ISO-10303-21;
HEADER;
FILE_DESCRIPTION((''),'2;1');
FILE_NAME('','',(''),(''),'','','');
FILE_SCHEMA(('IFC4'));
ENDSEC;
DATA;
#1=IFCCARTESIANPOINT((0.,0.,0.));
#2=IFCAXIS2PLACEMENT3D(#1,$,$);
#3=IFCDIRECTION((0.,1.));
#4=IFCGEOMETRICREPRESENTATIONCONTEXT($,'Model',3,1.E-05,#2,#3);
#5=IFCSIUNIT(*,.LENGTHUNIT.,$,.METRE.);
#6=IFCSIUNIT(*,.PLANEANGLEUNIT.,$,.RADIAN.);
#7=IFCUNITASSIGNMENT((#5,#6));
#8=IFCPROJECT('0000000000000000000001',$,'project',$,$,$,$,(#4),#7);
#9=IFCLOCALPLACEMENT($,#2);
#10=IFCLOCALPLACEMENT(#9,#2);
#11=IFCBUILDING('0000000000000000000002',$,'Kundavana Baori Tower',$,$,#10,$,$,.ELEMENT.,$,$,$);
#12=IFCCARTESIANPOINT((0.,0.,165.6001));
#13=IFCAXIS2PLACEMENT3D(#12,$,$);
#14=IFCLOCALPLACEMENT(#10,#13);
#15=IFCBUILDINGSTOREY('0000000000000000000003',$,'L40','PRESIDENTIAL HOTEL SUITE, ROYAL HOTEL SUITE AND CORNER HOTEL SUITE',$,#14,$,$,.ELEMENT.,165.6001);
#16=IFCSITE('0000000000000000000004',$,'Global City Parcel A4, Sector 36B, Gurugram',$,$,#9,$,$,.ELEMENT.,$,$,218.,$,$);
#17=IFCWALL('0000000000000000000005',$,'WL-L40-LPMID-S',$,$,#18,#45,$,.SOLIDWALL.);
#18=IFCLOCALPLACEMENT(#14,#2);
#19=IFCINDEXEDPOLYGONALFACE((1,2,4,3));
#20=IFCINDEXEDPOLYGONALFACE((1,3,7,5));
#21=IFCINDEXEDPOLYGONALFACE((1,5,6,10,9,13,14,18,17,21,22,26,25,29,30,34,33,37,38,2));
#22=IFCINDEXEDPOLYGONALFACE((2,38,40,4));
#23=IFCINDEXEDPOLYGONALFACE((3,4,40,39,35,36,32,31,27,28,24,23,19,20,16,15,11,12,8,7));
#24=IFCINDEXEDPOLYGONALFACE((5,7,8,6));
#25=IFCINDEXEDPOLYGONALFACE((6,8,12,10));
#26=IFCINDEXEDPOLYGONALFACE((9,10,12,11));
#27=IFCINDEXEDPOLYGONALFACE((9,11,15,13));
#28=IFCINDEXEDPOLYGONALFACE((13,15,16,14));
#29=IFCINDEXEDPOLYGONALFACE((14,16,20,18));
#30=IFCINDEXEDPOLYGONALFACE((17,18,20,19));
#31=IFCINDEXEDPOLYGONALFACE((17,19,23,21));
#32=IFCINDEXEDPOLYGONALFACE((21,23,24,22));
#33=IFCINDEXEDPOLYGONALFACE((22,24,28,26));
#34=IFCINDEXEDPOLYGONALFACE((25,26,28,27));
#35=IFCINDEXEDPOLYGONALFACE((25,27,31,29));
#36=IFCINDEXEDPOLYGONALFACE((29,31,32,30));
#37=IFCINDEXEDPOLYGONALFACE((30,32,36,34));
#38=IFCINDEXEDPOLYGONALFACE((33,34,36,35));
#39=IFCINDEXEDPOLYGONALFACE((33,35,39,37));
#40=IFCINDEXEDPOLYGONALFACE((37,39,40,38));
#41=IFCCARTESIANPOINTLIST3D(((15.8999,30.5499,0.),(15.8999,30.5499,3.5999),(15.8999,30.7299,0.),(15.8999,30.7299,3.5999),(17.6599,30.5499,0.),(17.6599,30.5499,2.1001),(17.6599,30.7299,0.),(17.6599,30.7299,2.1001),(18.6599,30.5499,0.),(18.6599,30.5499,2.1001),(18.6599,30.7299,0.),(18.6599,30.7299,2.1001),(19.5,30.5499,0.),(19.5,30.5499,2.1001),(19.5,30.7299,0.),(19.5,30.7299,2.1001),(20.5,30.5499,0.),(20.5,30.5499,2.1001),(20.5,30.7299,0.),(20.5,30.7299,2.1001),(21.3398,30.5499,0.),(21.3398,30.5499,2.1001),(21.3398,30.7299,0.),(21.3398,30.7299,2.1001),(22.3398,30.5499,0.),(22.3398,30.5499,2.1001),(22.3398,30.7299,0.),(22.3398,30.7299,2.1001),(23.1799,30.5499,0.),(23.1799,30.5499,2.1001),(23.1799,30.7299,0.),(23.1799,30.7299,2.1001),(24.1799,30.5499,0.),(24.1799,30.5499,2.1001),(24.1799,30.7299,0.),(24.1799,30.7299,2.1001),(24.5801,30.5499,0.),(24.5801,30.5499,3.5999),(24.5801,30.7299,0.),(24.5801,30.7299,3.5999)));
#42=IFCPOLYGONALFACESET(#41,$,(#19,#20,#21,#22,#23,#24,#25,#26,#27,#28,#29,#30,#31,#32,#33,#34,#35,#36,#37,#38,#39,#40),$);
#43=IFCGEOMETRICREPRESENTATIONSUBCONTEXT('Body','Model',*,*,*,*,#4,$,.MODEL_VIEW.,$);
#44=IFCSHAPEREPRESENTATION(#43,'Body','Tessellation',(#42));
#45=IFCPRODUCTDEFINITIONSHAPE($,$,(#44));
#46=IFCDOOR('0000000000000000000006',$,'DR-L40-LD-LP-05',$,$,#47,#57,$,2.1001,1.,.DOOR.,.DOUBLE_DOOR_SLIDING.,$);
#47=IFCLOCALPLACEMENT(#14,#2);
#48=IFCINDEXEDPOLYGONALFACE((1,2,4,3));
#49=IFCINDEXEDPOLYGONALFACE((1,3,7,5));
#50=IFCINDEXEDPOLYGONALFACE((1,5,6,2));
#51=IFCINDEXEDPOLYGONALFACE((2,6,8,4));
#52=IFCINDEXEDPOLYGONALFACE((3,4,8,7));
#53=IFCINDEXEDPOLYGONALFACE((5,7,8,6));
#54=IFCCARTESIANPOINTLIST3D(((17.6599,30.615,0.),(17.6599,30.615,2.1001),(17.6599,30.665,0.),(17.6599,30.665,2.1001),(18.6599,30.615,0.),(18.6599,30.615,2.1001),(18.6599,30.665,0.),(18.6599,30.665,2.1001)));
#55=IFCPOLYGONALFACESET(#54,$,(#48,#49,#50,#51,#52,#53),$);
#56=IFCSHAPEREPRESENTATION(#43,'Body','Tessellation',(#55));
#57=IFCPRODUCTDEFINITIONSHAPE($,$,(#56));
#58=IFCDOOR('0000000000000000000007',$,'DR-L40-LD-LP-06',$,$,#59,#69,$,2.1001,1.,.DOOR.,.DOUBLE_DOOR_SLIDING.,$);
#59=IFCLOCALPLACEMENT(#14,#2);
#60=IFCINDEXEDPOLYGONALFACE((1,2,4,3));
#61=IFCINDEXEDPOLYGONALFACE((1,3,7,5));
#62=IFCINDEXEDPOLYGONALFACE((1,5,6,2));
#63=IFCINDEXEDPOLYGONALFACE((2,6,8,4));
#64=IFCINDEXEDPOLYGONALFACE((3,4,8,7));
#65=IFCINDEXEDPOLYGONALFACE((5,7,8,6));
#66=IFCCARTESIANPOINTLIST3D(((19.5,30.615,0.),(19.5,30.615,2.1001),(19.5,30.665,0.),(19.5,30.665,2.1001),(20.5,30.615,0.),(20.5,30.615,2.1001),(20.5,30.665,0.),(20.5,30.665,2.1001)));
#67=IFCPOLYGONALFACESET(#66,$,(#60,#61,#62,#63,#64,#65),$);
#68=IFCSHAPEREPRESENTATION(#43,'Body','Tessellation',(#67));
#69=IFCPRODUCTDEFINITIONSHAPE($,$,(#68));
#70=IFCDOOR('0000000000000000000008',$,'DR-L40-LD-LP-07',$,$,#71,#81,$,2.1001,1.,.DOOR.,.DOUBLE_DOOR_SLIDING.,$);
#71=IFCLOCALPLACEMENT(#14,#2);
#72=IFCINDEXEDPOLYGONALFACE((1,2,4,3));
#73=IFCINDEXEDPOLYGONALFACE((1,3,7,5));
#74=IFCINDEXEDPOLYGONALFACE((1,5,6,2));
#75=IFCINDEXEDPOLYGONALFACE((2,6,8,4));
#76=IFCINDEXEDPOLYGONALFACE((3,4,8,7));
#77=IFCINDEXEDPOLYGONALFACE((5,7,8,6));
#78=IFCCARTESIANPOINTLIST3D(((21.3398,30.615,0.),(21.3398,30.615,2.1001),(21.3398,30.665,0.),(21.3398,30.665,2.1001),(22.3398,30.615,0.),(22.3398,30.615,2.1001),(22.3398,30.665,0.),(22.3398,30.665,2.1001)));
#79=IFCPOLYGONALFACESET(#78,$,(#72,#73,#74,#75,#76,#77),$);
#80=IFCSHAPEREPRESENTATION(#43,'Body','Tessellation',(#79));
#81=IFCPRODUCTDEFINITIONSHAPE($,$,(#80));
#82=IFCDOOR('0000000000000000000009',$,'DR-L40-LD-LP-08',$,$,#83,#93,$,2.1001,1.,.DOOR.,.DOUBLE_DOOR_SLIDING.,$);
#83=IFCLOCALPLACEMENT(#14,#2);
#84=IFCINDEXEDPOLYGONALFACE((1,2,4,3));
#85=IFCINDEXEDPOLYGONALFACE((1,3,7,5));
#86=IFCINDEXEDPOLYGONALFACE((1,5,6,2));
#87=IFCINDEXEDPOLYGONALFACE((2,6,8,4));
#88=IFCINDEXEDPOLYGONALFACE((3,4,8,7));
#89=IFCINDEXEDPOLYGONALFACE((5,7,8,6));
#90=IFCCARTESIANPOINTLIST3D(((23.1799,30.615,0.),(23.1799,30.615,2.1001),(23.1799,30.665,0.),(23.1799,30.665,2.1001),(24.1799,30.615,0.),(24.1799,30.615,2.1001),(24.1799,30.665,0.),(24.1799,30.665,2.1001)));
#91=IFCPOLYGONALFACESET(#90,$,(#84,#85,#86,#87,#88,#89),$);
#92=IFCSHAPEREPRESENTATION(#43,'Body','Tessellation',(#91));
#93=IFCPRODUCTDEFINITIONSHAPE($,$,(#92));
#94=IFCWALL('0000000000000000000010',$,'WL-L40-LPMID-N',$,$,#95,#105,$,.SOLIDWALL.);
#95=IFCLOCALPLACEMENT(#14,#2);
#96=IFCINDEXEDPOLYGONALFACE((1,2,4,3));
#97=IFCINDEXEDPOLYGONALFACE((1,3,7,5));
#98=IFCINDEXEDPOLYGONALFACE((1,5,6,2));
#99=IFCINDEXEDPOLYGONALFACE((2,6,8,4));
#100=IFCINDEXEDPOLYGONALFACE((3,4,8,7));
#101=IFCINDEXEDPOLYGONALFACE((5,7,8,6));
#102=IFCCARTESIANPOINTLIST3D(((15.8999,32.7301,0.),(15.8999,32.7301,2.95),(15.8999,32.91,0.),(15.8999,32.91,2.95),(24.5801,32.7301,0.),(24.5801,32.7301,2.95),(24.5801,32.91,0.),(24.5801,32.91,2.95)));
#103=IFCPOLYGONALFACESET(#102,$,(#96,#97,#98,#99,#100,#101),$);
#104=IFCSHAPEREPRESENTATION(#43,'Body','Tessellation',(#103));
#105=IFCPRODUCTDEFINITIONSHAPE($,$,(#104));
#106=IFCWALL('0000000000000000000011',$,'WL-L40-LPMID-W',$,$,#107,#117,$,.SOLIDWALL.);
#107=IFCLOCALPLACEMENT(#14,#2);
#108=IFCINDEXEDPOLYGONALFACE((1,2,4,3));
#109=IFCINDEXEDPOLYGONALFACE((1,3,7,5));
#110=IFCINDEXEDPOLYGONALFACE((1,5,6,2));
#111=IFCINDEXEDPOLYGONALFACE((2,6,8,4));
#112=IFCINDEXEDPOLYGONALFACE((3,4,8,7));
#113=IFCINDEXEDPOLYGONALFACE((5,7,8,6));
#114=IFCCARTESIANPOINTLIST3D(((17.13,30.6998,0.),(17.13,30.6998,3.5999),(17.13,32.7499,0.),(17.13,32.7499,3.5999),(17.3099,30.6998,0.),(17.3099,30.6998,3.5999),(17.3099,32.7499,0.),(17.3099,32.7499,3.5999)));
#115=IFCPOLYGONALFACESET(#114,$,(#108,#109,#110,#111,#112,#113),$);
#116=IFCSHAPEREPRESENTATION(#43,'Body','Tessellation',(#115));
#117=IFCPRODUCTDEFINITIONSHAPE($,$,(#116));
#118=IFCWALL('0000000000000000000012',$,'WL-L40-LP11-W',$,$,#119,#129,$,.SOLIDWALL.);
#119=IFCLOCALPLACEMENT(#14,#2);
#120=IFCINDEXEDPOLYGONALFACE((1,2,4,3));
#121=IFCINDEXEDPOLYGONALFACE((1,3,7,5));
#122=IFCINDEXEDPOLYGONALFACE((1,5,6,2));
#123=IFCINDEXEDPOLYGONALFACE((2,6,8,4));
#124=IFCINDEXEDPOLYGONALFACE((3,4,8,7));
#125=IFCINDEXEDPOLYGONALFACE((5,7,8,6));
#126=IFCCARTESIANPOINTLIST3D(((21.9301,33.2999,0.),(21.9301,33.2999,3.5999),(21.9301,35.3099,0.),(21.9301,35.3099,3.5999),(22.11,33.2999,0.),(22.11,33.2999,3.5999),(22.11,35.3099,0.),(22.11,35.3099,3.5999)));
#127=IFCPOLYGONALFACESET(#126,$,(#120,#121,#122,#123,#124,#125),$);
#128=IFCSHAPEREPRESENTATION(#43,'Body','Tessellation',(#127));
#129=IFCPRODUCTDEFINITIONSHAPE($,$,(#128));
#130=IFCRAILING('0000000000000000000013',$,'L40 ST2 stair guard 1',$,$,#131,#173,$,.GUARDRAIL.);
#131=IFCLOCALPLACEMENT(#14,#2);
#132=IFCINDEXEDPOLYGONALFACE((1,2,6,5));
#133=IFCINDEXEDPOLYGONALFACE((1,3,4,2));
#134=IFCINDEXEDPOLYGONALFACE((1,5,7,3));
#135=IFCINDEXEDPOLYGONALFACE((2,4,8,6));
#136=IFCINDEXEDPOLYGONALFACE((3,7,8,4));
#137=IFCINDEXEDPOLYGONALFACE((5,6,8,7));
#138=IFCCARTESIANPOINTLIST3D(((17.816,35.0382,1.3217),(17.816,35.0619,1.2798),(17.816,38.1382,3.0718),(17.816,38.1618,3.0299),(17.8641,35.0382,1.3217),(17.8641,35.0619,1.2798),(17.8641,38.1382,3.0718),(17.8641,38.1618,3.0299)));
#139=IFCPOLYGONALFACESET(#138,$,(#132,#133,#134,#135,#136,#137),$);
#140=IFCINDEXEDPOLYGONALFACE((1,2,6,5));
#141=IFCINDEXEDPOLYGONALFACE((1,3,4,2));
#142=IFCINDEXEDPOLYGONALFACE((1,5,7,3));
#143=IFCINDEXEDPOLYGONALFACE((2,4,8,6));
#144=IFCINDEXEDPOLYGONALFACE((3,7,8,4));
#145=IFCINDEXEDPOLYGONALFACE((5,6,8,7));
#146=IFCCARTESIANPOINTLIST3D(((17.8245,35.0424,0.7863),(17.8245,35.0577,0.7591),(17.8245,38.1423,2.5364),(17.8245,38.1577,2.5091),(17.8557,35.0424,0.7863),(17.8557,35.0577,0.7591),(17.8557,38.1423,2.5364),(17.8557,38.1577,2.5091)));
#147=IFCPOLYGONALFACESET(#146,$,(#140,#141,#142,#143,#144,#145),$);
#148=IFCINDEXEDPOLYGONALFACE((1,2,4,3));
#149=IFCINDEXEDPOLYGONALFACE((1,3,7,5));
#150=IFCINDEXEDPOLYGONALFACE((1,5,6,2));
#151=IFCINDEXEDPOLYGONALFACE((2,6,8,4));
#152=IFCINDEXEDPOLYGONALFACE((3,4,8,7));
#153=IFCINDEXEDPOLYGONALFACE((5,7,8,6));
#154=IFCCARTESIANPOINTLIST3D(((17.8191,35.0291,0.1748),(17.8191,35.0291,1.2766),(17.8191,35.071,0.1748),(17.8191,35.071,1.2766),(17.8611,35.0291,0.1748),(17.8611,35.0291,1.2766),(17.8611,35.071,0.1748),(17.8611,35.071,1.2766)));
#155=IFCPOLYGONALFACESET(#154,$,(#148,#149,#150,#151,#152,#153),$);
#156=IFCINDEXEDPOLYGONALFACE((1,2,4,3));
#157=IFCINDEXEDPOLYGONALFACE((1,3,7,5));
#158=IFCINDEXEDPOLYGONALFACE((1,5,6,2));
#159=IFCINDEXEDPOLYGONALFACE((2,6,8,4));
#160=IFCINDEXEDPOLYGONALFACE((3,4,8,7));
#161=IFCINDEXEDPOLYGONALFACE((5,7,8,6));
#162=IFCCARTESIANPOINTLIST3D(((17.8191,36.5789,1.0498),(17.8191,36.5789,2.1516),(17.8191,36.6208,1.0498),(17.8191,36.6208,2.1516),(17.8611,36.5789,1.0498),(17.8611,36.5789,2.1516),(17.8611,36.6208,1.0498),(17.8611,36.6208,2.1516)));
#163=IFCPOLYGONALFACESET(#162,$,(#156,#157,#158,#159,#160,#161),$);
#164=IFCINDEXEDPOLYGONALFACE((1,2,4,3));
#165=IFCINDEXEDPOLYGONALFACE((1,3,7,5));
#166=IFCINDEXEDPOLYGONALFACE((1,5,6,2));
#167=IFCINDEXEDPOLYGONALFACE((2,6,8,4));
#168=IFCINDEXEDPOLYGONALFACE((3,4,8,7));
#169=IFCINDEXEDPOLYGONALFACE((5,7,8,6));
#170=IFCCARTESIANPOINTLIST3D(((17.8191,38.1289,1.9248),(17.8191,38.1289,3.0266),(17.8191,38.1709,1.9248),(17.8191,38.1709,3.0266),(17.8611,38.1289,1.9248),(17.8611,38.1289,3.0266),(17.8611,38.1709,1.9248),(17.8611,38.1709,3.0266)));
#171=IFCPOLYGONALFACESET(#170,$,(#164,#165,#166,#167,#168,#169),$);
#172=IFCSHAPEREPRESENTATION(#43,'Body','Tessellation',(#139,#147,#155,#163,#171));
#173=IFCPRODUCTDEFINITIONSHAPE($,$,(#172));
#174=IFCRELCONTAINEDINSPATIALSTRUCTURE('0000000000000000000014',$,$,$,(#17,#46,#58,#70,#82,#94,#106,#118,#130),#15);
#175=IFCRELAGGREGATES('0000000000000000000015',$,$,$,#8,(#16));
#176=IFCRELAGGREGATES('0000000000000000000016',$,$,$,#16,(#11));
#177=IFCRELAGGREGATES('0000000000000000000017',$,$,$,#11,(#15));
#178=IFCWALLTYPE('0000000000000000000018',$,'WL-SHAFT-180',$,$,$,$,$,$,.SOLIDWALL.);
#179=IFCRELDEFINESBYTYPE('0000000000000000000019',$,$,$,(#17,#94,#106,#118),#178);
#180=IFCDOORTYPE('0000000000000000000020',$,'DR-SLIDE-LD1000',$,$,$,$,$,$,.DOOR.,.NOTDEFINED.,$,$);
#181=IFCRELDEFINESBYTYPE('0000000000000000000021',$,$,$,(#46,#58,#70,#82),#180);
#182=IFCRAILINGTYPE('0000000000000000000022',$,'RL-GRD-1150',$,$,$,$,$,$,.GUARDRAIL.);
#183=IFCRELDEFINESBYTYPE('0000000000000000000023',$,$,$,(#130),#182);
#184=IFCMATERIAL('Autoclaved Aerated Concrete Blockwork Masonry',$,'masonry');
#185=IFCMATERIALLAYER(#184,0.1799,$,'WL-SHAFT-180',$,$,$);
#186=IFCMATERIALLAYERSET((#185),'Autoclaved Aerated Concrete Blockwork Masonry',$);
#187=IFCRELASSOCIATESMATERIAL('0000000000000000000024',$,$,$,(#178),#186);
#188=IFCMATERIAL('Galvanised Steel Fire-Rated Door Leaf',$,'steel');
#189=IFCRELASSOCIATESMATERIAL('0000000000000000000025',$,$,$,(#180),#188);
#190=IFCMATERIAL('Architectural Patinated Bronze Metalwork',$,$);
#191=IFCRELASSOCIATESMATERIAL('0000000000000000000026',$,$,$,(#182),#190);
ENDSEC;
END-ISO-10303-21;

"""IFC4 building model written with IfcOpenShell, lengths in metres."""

from ifc_helpers import new_model, si_unit, direction, frame, frame_2d, origin, origin_2d, place, context, subcontext, project, spatial, rectangle, extrude, material, layer, layer_set, type_object, element, fill, save


model = new_model("IFC4")

# Units and contexts
model_context = context("Model", 3, precision=1e-05, world=origin(), true_north=direction((0.0, 1.0)))
body_context = subcontext(model_context, "Body", "Model", "MODEL_VIEW")
ifc_project = project(units=[si_unit("LENGTHUNIT", "METRE"), si_unit("PLANEANGLEUNIT", "RADIAN")], contexts=[model_context])

# Site, building, storey
site_placement = place(None, origin())
site = spatial("IfcSite", under=ifc_project, at=site_placement, Name="Global City Parcel A4, Sector 36B, Gurugram", CompositionType="ELEMENT", RefElevation=218.0)
building_placement = place(site_placement, origin())
building = spatial("IfcBuilding", under=site, at=building_placement, Name="Kundavana Baori Tower", CompositionType="ELEMENT")
storey_placement = place(building_placement, frame((0.0, 0.0, 165.6001)))
storey = spatial("IfcBuildingStorey", under=building, at=storey_placement, Name="L40", Description="PRESIDENTIAL HOTEL SUITE, ROYAL HOTEL SUITE AND CORNER HOTEL SUITE", CompositionType="ELEMENT", Elevation=165.6001)

# Shared definitions
ifc_material_1 = material(Name="Autoclaved Aerated Concrete Blockwork Masonry", Category="masonry")
ifc_layer_1 = layer(ifc_material_1, 0.1799, Name="WL-SHAFT-180")
ifc_layer_set_1 = layer_set([ifc_layer_1], Name="Autoclaved Aerated Concrete Blockwork Masonry")
wall_type_1 = type_object("IfcWallType", Name="WL-SHAFT-180", PredefinedType="SOLIDWALL", material=ifc_layer_set_1)

# Wall, openings, doors
wall_1_placement = place(storey_placement, frame((15.8999, 30.6399, 0.0), z_axis=(0.0, 0.0, 1.0), x_axis=(1.0, 0.0, 0.0)))
wall_1 = element("IfcWall", 1, at=wall_1_placement, inside=storey, type_object=wall_type_1, Name="WL-L40-LPMID-S", PredefinedType="SOLIDWALL", context=body_context, shape_type="SweptSolid", body=[
    extrude(rectangle(XDim=8.6802, YDim=0.1799, at=frame_2d((4.3401, 0.0))), origin(), (0.0, 0.0, 1.0), 3.5999),
])
opening_1_placement = place(wall_1_placement, frame((1.76, 0.0, 0.0)))
opening_1 = element("IfcOpeningElement", 2, at=opening_1_placement, cuts=wall_1, PredefinedType="OPENING", context=body_context, shape_type="SweptSolid", body=[
    extrude(rectangle(XDim=1.0, YDim=2.1001, at=frame_2d((0.5, 1.05))), frame((0.0, 0.1001, 0.0), z_axis=(0.0, -1.0, 0.0), x_axis=(1.0, 0.0, 0.0)), (0.0, 0.0, 1.0), 0.2),
])
opening_2_placement = place(wall_1_placement, frame((3.6001, 0.0, 0.0)))
opening_2 = element("IfcOpeningElement", 3, at=opening_2_placement, cuts=wall_1, PredefinedType="OPENING", context=body_context, shape_type="SweptSolid", body=[
    extrude(rectangle(XDim=1.0, YDim=2.1001, at=frame_2d((0.5, 1.05))), frame((0.0, 0.1001, 0.0), z_axis=(0.0, -1.0, 0.0), x_axis=(1.0, 0.0, 0.0)), (0.0, 0.0, 1.0), 0.2),
])
opening_3_placement = place(wall_1_placement, frame((5.4399, 0.0, 0.0)))
opening_3 = element("IfcOpeningElement", 4, at=opening_3_placement, cuts=wall_1, PredefinedType="OPENING", context=body_context, shape_type="SweptSolid", body=[
    extrude(rectangle(XDim=1.0, YDim=2.1001, at=frame_2d((0.5, 1.05))), frame((0.0, 0.1001, 0.0), z_axis=(0.0, -1.0, 0.0), x_axis=(1.0, 0.0, 0.0)), (0.0, 0.0, 1.0), 0.2),
])
opening_4_placement = place(wall_1_placement, frame((7.28, 0.0, 0.0)))
opening_4 = element("IfcOpeningElement", 5, at=opening_4_placement, cuts=wall_1, PredefinedType="OPENING", context=body_context, shape_type="SweptSolid", body=[
    extrude(rectangle(XDim=1.0, YDim=2.1001, at=frame_2d((0.5, 1.05))), frame((0.0, 0.1001, 0.0), z_axis=(0.0, -1.0, 0.0), x_axis=(1.0, 0.0, 0.0)), (0.0, 0.0, 1.0), 0.2),
])
ifc_material_2 = material(Name="Galvanised Steel Fire-Rated Door Leaf", Category="steel")
door_type_1 = type_object("IfcDoorType", Name="DR-SLIDE-LD1000", OperationType="NOTDEFINED", PredefinedType="DOOR", material=ifc_material_2)
door_1_placement = place(opening_1_placement, frame((1.0, 0.0, 0.0), z_axis=(0.0, 0.0, 1.0), x_axis=(-1.0, 0.0, 0.0)))
door_1 = element("IfcDoor", 6, at=door_1_placement, inside=storey, type_object=door_type_1, Name="DR-L40-LD-LP-05", OperationType="DOUBLE_DOOR_SLIDING", OverallHeight=2.1001, OverallWidth=1.0, PredefinedType="DOOR", context=body_context, shape_type="SweptSolid", body=[
    extrude(rectangle(XDim=1.0, YDim=2.1001, at=frame_2d((0.5, 1.05))), frame((0.0, 0.0249, 0.0), z_axis=(0.0, -1.0, 0.0), x_axis=(1.0, 0.0, 0.0)), (0.0, 0.0, 1.0), 0.05),
])
fill(opening_1, door_1)
door_2_placement = place(opening_2_placement, frame((1.0, 0.0, 0.0), z_axis=(0.0, 0.0, 1.0), x_axis=(-1.0, 0.0, 0.0)))
door_2 = element("IfcDoor", 7, at=door_2_placement, inside=storey, type_object=door_type_1, Name="DR-L40-LD-LP-06", OperationType="DOUBLE_DOOR_SLIDING", OverallHeight=2.1001, OverallWidth=1.0, PredefinedType="DOOR", context=body_context, shape_type="SweptSolid", body=[
    extrude(rectangle(XDim=1.0, YDim=2.1001, at=frame_2d((0.5, 1.05))), frame((0.0, 0.0249, 0.0), z_axis=(0.0, -1.0, 0.0), x_axis=(1.0, 0.0, 0.0)), (0.0, 0.0, 1.0), 0.05),
])
fill(opening_2, door_2)
door_3_placement = place(opening_3_placement, frame((1.0, 0.0, 0.0), z_axis=(0.0, 0.0, 1.0), x_axis=(-1.0, 0.0, 0.0)))
door_3 = element("IfcDoor", 8, at=door_3_placement, inside=storey, type_object=door_type_1, Name="DR-L40-LD-LP-07", OperationType="DOUBLE_DOOR_SLIDING", OverallHeight=2.1001, OverallWidth=1.0, PredefinedType="DOOR", context=body_context, shape_type="SweptSolid", body=[
    extrude(rectangle(XDim=1.0, YDim=2.1001, at=frame_2d((0.5, 1.05))), frame((0.0, 0.0249, 0.0), z_axis=(0.0, -1.0, 0.0), x_axis=(1.0, 0.0, 0.0)), (0.0, 0.0, 1.0), 0.05),
])
fill(opening_3, door_3)
door_4_placement = place(opening_4_placement, frame((1.0, 0.0, 0.0), z_axis=(0.0, 0.0, 1.0), x_axis=(-1.0, 0.0, 0.0)))
door_4 = element("IfcDoor", 9, at=door_4_placement, inside=storey, type_object=door_type_1, Name="DR-L40-LD-LP-08", OperationType="DOUBLE_DOOR_SLIDING", OverallHeight=2.1001, OverallWidth=1.0, PredefinedType="DOOR", context=body_context, shape_type="SweptSolid", body=[
    extrude(rectangle(XDim=1.0, YDim=2.1001, at=frame_2d((0.5, 1.05))), frame((0.0, 0.0249, 0.0), z_axis=(0.0, -1.0, 0.0), x_axis=(1.0, 0.0, 0.0)), (0.0, 0.0, 1.0), 0.05),
])
fill(opening_4, door_4)

# Walls
wall_2_placement = place(storey_placement, frame((15.8999, 32.8201, 0.0), z_axis=(0.0, 0.0, 1.0), x_axis=(1.0, 0.0, 0.0)))
element("IfcWall", 10, at=wall_2_placement, inside=storey, type_object=wall_type_1, Name="WL-L40-LPMID-N", PredefinedType="SOLIDWALL", context=body_context, shape_type="SweptSolid", body=[
    extrude(rectangle(XDim=8.6802, YDim=0.1799, at=frame_2d((4.3401, 0.0))), origin(), (0.0, 0.0, 1.0), 2.95),
])
wall_3_placement = place(storey_placement, frame((17.22, 30.7, 0.0), z_axis=(0.0, 0.0, 1.0), x_axis=(0.0, 1.0, 0.0)))
element("IfcWall", 11, at=wall_3_placement, inside=storey, type_object=wall_type_1, Name="WL-L40-LPMID-W", PredefinedType="SOLIDWALL", context=body_context, shape_type="SweptSolid", body=[
    extrude(rectangle(XDim=2.05, YDim=0.1799, at=frame_2d((1.0249, 0.0))), origin(), (0.0, 0.0, 1.0), 3.5999),
])
wall_4_placement = place(storey_placement, frame((22.02, 33.3, 0.0), z_axis=(0.0, 0.0, 1.0), x_axis=(0.0, 1.0, 0.0)))
element("IfcWall", 12, at=wall_4_placement, inside=storey, type_object=wall_type_1, Name="WL-L40-LP11-W", PredefinedType="SOLIDWALL", context=body_context, shape_type="SweptSolid", body=[
    extrude(rectangle(XDim=2.01, YDim=0.1799, at=frame_2d((1.0049, 0.0))), origin(), (0.0, 0.0, 1.0), 3.5999),
])

# Railing
ifc_material_3 = material(Name="Architectural Patinated Bronze Metalwork")
railing_type = type_object("IfcRailingType", Name="RL-GRD-1150", PredefinedType="GUARDRAIL", material=ifc_material_3)
railing_1_placement = place(storey_placement, frame((17.8401, 35.05, 0.1748)))
element("IfcRailing", 13, at=railing_1_placement, inside=storey, type_object=railing_type, Name="L40 ST2 stair guard 1", PredefinedType="GUARDRAIL", context=body_context, shape_type="SweptSolid", body=[
    extrude(rectangle(XDim=0.0481, YDim=0.0481, at=origin_2d()), frame((0.0, 0.0, 1.126), z_axis=(0.0, 0.870814, 0.491612), x_axis=(-1.0, 0.0, 0.0)), (0.0, 0.0, 1.0), 3.5598),
    extrude(rectangle(XDim=0.0312, YDim=0.0312, at=origin_2d()), frame((0.0, 0.0, 0.5979), z_axis=(0.0, 0.870814, 0.491612), x_axis=(-1.0, 0.0, 0.0)), (0.0, 0.0, 1.0), 3.5598),
    extrude(rectangle(XDim=0.042, YDim=0.042, at=origin_2d()), origin(), (0.0, 0.0, 1.0), 1.1018),
    extrude(rectangle(XDim=0.042, YDim=0.042, at=origin_2d()), frame((0.0, 1.5498, 0.875)), (0.0, 0.0, 1.0), 1.1018),
    extrude(rectangle(XDim=0.042, YDim=0.042, at=origin_2d()), frame((0.0, 3.0999, 1.75)), (0.0, 0.0, 1.0), 1.1018),
])

save(model, "model.ifc")
